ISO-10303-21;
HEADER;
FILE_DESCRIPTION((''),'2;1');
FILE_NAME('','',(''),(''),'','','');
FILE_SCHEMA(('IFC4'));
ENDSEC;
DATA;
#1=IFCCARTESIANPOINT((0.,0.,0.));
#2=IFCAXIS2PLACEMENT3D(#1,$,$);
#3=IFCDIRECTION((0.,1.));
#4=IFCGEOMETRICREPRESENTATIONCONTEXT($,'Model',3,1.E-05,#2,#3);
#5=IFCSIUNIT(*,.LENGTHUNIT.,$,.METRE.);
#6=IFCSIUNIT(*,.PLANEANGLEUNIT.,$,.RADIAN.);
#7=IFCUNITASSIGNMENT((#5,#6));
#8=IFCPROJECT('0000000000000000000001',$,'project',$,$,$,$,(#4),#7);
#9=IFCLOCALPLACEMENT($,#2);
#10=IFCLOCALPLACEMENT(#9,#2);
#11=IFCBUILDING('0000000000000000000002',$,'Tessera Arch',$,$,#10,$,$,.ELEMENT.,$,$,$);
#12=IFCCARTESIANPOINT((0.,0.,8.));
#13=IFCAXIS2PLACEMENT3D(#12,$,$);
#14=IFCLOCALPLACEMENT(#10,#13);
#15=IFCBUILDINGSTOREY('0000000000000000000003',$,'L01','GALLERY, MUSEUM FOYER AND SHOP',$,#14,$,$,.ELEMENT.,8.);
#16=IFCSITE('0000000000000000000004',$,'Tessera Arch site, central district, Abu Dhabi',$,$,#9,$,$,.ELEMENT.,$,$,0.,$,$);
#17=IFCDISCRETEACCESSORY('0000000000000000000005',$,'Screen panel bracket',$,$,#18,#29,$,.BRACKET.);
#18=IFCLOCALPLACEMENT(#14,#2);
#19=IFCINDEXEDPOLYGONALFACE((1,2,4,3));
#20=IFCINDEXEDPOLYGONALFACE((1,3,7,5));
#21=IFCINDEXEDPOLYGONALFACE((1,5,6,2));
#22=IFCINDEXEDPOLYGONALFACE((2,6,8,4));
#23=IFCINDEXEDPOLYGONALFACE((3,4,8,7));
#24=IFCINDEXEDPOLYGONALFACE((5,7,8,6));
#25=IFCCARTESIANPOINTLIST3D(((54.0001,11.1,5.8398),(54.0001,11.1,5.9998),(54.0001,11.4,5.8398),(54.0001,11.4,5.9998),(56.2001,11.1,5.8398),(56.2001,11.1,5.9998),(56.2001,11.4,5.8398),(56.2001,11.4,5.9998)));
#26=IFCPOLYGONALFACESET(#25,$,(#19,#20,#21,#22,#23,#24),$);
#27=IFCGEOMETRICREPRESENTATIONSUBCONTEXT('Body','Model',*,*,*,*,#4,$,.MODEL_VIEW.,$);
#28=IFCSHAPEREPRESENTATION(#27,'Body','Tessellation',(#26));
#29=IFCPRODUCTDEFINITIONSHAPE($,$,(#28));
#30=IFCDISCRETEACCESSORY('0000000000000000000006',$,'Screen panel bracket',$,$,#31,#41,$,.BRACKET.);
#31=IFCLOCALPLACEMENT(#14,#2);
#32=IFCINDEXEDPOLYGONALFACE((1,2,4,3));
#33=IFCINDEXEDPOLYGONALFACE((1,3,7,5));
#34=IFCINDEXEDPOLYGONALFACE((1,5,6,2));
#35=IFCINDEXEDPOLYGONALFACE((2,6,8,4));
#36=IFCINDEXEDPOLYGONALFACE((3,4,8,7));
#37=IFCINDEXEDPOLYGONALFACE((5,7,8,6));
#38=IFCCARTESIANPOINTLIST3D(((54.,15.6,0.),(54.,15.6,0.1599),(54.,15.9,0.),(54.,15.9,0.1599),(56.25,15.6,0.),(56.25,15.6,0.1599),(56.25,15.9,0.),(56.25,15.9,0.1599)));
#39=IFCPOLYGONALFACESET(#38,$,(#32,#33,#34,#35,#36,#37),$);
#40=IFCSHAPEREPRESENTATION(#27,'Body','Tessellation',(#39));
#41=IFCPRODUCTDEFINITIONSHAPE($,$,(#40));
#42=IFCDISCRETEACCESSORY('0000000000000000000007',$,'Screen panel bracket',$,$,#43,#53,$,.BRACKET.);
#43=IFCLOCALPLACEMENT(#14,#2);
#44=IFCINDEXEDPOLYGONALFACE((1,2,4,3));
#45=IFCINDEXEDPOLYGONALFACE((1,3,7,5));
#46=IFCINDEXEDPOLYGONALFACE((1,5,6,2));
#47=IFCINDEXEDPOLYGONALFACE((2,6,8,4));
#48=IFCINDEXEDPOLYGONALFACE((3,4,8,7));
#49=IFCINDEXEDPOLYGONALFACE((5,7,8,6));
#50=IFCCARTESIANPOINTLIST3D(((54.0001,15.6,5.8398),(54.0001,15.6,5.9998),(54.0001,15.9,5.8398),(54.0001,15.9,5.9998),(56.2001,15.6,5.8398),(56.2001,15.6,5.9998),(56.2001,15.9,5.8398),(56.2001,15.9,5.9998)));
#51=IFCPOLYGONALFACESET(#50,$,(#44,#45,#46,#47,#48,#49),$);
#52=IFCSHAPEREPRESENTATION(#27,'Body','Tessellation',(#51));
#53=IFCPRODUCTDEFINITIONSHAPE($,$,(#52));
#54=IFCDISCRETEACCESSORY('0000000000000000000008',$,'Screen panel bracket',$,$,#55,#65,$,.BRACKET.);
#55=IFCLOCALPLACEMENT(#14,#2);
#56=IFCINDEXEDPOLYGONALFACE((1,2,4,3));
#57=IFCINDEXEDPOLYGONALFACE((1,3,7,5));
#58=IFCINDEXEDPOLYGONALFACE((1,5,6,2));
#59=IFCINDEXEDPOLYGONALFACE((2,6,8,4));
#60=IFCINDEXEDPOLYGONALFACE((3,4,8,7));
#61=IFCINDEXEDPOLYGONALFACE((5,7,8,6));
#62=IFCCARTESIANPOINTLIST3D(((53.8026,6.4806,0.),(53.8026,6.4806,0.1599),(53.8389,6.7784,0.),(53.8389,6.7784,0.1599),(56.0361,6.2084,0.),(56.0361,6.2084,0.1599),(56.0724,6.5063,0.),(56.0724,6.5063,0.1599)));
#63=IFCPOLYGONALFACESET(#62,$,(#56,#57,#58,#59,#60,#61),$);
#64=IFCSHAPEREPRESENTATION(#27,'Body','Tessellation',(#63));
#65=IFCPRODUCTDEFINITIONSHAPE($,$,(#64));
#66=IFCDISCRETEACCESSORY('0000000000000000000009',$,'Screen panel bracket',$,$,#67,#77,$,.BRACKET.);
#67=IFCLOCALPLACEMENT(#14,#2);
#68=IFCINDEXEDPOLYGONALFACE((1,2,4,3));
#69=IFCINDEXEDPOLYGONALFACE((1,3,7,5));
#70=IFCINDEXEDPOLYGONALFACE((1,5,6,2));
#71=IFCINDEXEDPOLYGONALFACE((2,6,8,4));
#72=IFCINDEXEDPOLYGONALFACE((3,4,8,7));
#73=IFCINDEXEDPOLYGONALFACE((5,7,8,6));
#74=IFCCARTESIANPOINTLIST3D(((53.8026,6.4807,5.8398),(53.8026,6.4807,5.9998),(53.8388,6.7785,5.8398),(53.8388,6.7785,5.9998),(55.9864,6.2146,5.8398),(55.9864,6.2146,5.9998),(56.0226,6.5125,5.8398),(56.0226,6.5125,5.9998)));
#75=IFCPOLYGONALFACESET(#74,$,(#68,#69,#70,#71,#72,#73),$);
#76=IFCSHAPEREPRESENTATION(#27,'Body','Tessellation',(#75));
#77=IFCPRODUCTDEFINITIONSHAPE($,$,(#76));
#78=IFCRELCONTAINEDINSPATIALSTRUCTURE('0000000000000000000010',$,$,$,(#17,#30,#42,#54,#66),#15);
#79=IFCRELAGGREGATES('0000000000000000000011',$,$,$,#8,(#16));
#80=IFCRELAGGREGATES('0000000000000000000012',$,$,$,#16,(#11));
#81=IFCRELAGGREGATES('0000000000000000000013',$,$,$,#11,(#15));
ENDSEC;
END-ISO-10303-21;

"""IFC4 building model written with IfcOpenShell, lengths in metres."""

from ifc_helpers import new_model, si_unit, direction, frame, origin, origin_2d, place, context, subcontext, project, spatial, rectangle, extrude, element, save


model = new_model("IFC4")

# Units and contexts
model_context = context("Model", 3, precision=1e-05, world=origin(), true_north=direction((0.0, 1.0)))
body_context = subcontext(model_context, "Body", "Model", "MODEL_VIEW")
ifc_project = project(units=[si_unit("LENGTHUNIT", "METRE"), si_unit("PLANEANGLEUNIT", "RADIAN")], contexts=[model_context])

# Site, building, storey
site_placement = place(None, origin())
site = spatial("IfcSite", under=ifc_project, at=site_placement, Name="Tessera Arch site, central district, Abu Dhabi", CompositionType="ELEMENT", RefElevation=0.0)
building_placement = place(site_placement, origin())
building = spatial("IfcBuilding", under=site, at=building_placement, Name="Tessera Arch", CompositionType="ELEMENT")
storey_placement = place(building_placement, frame((0.0, 0.0, 8.0)))
storey = spatial("IfcBuildingStorey", under=building, at=storey_placement, Name="L01", Description="GALLERY, MUSEUM FOYER AND SHOP", CompositionType="ELEMENT", Elevation=8.0)

# Discrete accessories
discrete_accessory_1_placement = place(storey_placement, frame((55.1001, 11.25, 5.8398), z_axis=(0.0, 0.0, 1.0), x_axis=(1.0, 0.0, 0.0)))
element("IfcDiscreteAccessory", 1, at=discrete_accessory_1_placement, inside=storey, Name="Screen panel bracket", PredefinedType="BRACKET", context=body_context, shape_type="SweptSolid", body=[
    extrude(rectangle(XDim=2.2, YDim=0.3, at=origin_2d()), origin(), (0.0, 0.0, 1.0), 0.1599),
])
discrete_accessory_2_placement = place(storey_placement, frame((55.125, 15.75, 0.0), z_axis=(0.0, 0.0, 1.0), x_axis=(1.0, 0.0, 0.0)))
element("IfcDiscreteAccessory", 2, at=discrete_accessory_2_placement, inside=storey, Name="Screen panel bracket", PredefinedType="BRACKET", context=body_context, shape_type="SweptSolid", body=[
    extrude(rectangle(XDim=2.25, YDim=0.3, at=origin_2d()), origin(), (0.0, 0.0, 1.0), 0.1599),
])
discrete_accessory_3_placement = place(storey_placement, frame((55.1001, 15.75, 5.8398), z_axis=(0.0, 0.0, 1.0), x_axis=(1.0, 0.0, 0.0)))
element("IfcDiscreteAccessory", 3, at=discrete_accessory_3_placement, inside=storey, Name="Screen panel bracket", PredefinedType="BRACKET", context=body_context, shape_type="SweptSolid", body=[
    extrude(rectangle(XDim=2.2, YDim=0.3, at=origin_2d()), origin(), (0.0, 0.0, 1.0), 0.1599),
])
discrete_accessory_4_placement = place(storey_placement, frame((54.9375, 6.4934, 0.0), z_axis=(0.0, 0.0, 1.0), x_axis=(0.992658, -0.120951, 0.0)))
element("IfcDiscreteAccessory", 4, at=discrete_accessory_4_placement, inside=storey, Name="Screen panel bracket", PredefinedType="BRACKET", context=body_context, shape_type="SweptSolid", body=[
    extrude(rectangle(XDim=2.25, YDim=0.3, at=origin_2d()), origin(), (0.0, 0.0, 1.0), 0.1599),
])
discrete_accessory_5_placement = place(storey_placement, frame((54.9126, 6.4966, 5.8398), z_axis=(0.0, 0.0, 1.0), x_axis=(0.992658, -0.120951, 0.0)))
element("IfcDiscreteAccessory", 5, at=discrete_accessory_5_placement, inside=storey, Name="Screen panel bracket", PredefinedType="BRACKET", context=body_context, shape_type="SweptSolid", body=[
    extrude(rectangle(XDim=2.2, YDim=0.3, at=origin_2d()), origin(), (0.0, 0.0, 1.0), 0.1599),
])

save(model, "model.ifc")
